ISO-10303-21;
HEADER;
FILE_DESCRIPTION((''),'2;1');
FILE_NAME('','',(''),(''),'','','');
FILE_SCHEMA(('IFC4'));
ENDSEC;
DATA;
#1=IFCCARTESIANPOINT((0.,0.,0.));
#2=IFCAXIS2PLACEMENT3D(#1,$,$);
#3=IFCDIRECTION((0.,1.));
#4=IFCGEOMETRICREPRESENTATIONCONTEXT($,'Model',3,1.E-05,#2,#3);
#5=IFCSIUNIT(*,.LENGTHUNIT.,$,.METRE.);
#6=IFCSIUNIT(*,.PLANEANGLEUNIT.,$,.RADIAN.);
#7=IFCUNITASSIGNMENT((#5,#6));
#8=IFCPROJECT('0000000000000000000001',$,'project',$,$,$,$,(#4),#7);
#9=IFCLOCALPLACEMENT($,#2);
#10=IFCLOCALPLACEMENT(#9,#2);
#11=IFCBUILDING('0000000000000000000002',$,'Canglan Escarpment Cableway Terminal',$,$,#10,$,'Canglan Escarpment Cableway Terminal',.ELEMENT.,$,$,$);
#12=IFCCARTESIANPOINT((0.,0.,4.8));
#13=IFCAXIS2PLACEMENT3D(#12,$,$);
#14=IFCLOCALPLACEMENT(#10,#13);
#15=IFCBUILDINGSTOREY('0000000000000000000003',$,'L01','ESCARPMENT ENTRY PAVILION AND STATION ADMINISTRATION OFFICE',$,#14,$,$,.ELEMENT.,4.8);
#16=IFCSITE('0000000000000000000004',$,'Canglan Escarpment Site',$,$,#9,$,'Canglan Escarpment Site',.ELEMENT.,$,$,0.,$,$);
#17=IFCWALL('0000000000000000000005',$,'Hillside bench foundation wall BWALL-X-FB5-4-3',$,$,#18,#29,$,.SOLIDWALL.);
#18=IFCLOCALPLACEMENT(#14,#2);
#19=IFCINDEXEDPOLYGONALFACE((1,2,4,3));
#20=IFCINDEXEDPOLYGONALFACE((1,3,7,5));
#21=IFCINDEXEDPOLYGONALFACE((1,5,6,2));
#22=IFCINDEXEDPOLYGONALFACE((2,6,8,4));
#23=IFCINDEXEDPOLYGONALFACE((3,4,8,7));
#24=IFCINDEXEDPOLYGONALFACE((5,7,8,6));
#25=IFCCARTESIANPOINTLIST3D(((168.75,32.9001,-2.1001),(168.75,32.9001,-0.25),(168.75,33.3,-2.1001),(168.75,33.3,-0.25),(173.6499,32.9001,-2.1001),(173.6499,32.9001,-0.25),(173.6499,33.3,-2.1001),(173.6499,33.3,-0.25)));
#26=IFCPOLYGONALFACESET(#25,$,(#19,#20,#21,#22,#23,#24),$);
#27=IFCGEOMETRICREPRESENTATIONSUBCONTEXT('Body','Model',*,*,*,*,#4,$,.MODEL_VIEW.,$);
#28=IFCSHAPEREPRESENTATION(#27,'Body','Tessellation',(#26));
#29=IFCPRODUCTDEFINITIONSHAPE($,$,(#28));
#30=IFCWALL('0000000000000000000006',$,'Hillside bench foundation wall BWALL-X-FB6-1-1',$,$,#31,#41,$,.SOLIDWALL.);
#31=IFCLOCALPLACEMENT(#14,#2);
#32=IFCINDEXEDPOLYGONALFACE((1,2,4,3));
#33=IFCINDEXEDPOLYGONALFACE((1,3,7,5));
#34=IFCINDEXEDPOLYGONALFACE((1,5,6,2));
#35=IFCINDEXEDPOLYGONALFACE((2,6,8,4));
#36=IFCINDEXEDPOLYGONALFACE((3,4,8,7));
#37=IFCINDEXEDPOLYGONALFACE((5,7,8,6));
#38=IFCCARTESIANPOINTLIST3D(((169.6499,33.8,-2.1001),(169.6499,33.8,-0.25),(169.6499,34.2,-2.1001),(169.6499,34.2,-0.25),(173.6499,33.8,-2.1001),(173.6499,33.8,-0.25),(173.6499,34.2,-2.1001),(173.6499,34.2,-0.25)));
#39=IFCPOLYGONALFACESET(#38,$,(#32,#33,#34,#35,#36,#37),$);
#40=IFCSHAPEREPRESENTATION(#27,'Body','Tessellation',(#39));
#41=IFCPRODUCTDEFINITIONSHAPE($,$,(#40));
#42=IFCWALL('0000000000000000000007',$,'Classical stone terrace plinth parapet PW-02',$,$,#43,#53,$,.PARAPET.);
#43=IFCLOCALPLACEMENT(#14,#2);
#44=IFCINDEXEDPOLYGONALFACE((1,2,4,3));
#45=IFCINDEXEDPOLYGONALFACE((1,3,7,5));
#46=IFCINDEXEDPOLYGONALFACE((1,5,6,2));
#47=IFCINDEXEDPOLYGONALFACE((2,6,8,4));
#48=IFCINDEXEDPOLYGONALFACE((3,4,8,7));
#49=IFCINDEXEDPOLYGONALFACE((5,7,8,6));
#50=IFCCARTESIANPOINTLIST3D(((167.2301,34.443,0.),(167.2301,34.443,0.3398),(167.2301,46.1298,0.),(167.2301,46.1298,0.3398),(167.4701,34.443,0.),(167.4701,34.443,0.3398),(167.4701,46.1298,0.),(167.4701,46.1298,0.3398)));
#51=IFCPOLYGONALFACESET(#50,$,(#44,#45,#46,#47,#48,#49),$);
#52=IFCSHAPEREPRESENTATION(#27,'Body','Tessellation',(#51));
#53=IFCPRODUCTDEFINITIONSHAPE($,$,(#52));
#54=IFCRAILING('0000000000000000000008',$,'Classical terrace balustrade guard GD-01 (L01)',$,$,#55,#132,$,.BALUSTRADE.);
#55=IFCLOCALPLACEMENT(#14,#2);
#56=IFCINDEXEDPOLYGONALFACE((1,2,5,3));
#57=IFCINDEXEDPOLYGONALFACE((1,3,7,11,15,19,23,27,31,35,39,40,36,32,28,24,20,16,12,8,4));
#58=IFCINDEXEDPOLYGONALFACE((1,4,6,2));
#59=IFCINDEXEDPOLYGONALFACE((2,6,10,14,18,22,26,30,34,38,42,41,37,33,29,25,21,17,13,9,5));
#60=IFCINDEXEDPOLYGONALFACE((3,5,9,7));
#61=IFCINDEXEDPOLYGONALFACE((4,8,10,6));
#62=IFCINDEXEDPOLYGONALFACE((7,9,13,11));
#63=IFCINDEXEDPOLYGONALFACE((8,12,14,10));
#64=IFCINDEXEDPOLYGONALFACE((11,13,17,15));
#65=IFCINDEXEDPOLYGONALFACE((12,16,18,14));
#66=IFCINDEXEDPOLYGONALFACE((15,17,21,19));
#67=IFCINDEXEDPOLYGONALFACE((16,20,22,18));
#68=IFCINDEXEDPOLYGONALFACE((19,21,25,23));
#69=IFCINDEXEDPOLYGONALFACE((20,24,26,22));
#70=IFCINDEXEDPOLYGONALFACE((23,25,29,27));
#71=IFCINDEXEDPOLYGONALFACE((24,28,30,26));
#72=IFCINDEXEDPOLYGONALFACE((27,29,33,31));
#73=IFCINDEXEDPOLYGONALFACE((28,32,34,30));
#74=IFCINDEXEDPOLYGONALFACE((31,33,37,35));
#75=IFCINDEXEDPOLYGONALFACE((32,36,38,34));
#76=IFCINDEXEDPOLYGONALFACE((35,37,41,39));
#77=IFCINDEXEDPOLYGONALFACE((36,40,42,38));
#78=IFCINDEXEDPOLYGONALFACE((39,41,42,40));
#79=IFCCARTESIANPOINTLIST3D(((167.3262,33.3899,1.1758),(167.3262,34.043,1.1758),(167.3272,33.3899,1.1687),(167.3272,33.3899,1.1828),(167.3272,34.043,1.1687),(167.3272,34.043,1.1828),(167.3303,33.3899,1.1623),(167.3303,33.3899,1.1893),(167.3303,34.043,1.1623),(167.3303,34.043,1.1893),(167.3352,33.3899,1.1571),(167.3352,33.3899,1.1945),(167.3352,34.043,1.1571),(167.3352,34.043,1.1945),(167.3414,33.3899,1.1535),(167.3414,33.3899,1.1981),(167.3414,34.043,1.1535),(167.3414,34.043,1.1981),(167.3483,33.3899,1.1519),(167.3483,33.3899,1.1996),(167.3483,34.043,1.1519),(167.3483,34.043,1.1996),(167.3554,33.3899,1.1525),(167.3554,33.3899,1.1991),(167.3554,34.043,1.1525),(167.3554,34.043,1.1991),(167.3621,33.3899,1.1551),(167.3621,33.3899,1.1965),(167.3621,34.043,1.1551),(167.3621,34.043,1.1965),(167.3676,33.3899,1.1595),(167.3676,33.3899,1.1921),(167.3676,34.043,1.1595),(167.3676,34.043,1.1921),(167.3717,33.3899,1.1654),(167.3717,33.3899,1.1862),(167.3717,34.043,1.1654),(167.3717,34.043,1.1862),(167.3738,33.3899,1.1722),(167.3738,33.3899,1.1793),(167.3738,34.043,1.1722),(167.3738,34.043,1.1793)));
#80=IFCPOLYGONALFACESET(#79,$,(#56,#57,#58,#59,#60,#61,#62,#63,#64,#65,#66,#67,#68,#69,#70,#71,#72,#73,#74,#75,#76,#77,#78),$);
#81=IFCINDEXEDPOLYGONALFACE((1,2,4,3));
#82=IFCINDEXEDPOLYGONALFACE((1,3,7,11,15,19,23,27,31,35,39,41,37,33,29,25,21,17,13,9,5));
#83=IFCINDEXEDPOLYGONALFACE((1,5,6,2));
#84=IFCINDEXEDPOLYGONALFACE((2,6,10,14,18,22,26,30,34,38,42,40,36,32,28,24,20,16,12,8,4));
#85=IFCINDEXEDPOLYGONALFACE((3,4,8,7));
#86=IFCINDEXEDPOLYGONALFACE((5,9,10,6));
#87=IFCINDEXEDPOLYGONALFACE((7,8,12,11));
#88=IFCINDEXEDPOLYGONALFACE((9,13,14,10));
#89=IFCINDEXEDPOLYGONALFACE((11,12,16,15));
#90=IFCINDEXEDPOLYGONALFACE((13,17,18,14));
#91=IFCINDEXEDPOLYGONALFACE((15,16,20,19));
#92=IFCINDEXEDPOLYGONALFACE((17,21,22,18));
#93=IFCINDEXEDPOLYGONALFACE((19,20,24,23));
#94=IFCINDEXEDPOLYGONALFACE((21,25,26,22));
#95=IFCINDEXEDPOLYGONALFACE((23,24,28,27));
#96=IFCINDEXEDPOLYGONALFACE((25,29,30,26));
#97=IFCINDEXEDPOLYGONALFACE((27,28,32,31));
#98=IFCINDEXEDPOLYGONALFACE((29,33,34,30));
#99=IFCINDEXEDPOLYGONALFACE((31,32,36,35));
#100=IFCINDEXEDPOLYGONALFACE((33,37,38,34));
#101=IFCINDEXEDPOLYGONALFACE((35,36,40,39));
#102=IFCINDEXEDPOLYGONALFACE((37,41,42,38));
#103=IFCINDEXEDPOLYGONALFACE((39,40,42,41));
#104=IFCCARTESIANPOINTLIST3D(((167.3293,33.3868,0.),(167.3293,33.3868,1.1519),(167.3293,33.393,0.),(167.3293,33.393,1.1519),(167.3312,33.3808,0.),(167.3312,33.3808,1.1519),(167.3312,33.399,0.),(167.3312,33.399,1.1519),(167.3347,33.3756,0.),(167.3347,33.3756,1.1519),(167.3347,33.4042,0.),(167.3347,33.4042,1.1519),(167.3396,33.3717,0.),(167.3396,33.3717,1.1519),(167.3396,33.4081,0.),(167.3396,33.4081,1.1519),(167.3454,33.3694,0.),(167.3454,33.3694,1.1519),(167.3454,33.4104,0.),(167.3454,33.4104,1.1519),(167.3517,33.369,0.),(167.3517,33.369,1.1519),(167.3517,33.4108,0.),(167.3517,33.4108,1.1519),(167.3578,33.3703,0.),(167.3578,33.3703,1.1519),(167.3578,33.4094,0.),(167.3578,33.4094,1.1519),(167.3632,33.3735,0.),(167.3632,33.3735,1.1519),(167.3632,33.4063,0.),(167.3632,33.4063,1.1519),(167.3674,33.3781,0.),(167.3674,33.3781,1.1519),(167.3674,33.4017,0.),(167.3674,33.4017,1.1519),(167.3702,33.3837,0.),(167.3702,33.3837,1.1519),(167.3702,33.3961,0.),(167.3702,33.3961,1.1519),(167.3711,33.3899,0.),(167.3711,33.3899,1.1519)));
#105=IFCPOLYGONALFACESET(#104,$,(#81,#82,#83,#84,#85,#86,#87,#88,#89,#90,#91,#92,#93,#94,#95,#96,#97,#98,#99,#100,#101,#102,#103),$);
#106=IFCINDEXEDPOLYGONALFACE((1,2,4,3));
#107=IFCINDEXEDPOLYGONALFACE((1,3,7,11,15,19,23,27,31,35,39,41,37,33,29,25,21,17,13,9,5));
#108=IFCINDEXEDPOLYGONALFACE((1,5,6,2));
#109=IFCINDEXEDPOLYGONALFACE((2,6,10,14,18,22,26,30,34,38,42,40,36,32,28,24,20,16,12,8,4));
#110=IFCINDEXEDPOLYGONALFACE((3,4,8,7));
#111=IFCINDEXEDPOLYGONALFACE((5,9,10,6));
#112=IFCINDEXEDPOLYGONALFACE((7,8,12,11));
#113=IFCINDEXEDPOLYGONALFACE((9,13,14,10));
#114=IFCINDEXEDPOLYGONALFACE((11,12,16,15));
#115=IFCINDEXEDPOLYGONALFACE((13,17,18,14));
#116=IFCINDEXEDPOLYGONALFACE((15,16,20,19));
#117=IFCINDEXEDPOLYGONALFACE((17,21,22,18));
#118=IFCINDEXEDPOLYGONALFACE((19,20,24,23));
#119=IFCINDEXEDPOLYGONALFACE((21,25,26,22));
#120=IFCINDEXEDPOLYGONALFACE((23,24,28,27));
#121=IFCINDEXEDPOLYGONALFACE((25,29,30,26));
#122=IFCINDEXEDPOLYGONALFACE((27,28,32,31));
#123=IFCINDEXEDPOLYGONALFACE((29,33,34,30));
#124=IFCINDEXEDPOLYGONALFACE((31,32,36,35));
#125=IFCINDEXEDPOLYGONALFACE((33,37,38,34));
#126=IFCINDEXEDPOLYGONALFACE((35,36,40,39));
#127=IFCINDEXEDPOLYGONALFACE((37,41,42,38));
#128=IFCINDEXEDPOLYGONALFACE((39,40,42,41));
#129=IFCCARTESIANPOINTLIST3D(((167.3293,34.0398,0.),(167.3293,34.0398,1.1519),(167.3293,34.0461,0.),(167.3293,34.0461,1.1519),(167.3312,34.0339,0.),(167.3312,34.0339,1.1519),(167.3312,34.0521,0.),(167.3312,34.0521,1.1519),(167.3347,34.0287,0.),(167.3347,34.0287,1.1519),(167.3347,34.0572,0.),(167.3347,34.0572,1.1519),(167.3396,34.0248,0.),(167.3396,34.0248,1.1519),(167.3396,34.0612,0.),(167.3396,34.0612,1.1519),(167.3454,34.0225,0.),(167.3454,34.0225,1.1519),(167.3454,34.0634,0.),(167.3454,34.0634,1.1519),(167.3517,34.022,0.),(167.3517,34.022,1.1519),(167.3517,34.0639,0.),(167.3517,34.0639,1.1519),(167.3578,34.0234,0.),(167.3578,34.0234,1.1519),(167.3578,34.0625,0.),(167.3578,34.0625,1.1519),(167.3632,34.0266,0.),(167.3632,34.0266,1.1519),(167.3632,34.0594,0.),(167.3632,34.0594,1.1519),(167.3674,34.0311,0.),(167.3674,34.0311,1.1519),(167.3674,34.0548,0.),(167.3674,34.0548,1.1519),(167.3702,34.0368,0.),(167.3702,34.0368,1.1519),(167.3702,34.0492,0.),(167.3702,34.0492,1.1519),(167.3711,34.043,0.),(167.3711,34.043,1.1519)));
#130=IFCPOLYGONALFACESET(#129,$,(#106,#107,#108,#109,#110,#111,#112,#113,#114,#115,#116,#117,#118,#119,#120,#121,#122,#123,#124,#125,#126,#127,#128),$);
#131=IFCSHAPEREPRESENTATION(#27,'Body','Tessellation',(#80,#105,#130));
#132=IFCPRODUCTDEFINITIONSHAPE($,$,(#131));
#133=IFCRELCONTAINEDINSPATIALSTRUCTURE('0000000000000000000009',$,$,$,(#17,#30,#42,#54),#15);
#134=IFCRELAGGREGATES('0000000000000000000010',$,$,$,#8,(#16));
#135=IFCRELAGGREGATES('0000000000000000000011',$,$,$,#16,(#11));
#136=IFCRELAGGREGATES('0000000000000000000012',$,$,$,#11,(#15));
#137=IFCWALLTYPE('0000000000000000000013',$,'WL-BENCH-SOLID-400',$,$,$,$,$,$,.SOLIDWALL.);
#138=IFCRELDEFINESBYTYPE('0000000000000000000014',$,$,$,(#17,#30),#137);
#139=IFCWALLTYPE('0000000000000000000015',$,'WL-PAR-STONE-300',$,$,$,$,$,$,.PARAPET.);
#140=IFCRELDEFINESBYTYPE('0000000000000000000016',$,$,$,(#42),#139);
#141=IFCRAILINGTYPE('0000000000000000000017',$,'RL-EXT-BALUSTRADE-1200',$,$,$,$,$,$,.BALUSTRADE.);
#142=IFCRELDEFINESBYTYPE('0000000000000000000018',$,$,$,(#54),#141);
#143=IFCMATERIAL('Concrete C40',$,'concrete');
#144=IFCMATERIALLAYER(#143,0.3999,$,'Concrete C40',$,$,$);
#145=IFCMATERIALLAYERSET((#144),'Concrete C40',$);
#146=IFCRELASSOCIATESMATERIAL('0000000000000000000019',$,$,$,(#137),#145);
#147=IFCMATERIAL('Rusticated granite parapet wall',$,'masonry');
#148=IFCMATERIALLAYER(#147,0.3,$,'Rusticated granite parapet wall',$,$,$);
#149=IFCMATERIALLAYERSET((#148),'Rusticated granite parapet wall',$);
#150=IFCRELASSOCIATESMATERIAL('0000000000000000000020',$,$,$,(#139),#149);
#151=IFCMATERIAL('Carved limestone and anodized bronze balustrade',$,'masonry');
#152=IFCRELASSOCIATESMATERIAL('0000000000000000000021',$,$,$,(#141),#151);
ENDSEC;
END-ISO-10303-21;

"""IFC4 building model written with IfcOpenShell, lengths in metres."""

from ifc_helpers import new_model, si_unit, direction, frame, frame_2d, origin, origin_2d, place, context, subcontext, project, spatial, rectangle, circle, extrude, material, layer, layer_set, type_object, element, save


model = new_model("IFC4")

# Units and contexts
model_context = context("Model", 3, precision=1e-05, world=origin(), true_north=direction((0.0, 1.0)))
body_context = subcontext(model_context, "Body", "Model", "MODEL_VIEW")
ifc_project = project(units=[si_unit("LENGTHUNIT", "METRE"), si_unit("PLANEANGLEUNIT", "RADIAN")], contexts=[model_context])

# Site, building, storey
site_placement = place(None, origin())
site = spatial("IfcSite", under=ifc_project, at=site_placement, Name="Canglan Escarpment Site", LongName="Canglan Escarpment Site", CompositionType="ELEMENT", RefElevation=0.0)
building_placement = place(site_placement, origin())
building = spatial("IfcBuilding", under=site, at=building_placement, Name="Canglan Escarpment Cableway Terminal", LongName="Canglan Escarpment Cableway Terminal", CompositionType="ELEMENT")
storey_placement = place(building_placement, frame((0.0, 0.0, 4.8)))
storey = spatial("IfcBuildingStorey", under=building, at=storey_placement, Name="L01", Description="ESCARPMENT ENTRY PAVILION AND STATION ADMINISTRATION OFFICE", CompositionType="ELEMENT", Elevation=4.8)

# Shared definitions
ifc_material_1 = material(Name="Concrete C40", Category="concrete")

# Walls
ifc_layer_1 = layer(ifc_material_1, 0.3999, Name="Concrete C40")
ifc_layer_set_1 = layer_set([ifc_layer_1], Name="Concrete C40")
wall_type_1 = type_object("IfcWallType", Name="WL-BENCH-SOLID-400", PredefinedType="SOLIDWALL", material=ifc_layer_set_1)
wall_1_placement = place(storey_placement, frame((168.75, 33.1001, -2.1001), z_axis=(0.0, 0.0, 1.0), x_axis=(1.0, 0.0, 0.0)))
element("IfcWall", 1, at=wall_1_placement, inside=storey, type_object=wall_type_1, Name="Hillside bench foundation wall BWALL-X-FB5-4-3", PredefinedType="SOLIDWALL", context=body_context, shape_type="SweptSolid", body=[
    extrude(rectangle(XDim=4.8999, YDim=0.3999, at=frame_2d((2.45, 0.0))), origin(), (0.0, 0.0, 1.0), 1.8501),
])
wall_2_placement = place(storey_placement, frame((169.6499, 34.0, -2.1001), z_axis=(0.0, 0.0, 1.0), x_axis=(1.0, 0.0, 0.0)))
element("IfcWall", 2, at=wall_2_placement, inside=storey, type_object=wall_type_1, Name="Hillside bench foundation wall BWALL-X-FB6-1-1", PredefinedType="SOLIDWALL", context=body_context, shape_type="SweptSolid", body=[
    extrude(rectangle(XDim=4.0, YDim=0.3999, at=frame_2d((2.0, 0.0))), origin(), (0.0, 0.0, 1.0), 1.8501),
])
ifc_material_2 = material(Name="Rusticated granite parapet wall", Category="masonry")
ifc_layer_2 = layer(ifc_material_2, 0.3, Name="Rusticated granite parapet wall")
ifc_layer_set_2 = layer_set([ifc_layer_2], Name="Rusticated granite parapet wall")
wall_type_2 = type_object("IfcWallType", Name="WL-PAR-STONE-300", PredefinedType="PARAPET", material=ifc_layer_set_2)
wall_3_placement = place(storey_placement, frame((167.3501, 34.4431, 0.0), z_axis=(0.0, 0.0, 1.0), x_axis=(0.0, 1.0, 0.0)))
element("IfcWall", 3, at=wall_3_placement, inside=storey, type_object=wall_type_2, Name="Classical stone terrace plinth parapet PW-02", PredefinedType="PARAPET", context=body_context, shape_type="SweptSolid", body=[
    extrude(rectangle(XDim=11.6868, YDim=0.24, at=frame_2d((5.8433, 0.0))), origin(), (0.0, 0.0, 1.0), 0.3398),
])

# Railing
ifc_material_3 = material(Name="Carved limestone and anodized bronze balustrade", Category="masonry")
railing_type = type_object("IfcRailingType", Name="RL-EXT-BALUSTRADE-1200", PredefinedType="BALUSTRADE", material=ifc_material_3)
railing_1_placement = place(storey_placement, frame((167.3501, 33.3899, 0.0)))
element("IfcRailing", 4, at=railing_1_placement, inside=storey, type_object=railing_type, Name="Classical terrace balustrade guard GD-01 (L01)", PredefinedType="BALUSTRADE", context=body_context, shape_type="SweptSolid", body=[
    extrude(circle(Radius=0.0239, at=origin_2d()), frame((0.0, 0.0, 1.1758), z_axis=(0.0, 1.0, 0.0), x_axis=(-1.0, 0.0, 0.0)), (0.0, 0.0, 1.0), 0.6531),
    extrude(circle(Radius=0.021, at=origin_2d()), origin(), (0.0, 0.0, 1.0), 1.1519),
    extrude(circle(Radius=0.021, at=origin_2d()), frame((0.0, 0.6531, 0.0)), (0.0, 0.0, 1.0), 1.1519),
])

save(model, "model.ifc")
